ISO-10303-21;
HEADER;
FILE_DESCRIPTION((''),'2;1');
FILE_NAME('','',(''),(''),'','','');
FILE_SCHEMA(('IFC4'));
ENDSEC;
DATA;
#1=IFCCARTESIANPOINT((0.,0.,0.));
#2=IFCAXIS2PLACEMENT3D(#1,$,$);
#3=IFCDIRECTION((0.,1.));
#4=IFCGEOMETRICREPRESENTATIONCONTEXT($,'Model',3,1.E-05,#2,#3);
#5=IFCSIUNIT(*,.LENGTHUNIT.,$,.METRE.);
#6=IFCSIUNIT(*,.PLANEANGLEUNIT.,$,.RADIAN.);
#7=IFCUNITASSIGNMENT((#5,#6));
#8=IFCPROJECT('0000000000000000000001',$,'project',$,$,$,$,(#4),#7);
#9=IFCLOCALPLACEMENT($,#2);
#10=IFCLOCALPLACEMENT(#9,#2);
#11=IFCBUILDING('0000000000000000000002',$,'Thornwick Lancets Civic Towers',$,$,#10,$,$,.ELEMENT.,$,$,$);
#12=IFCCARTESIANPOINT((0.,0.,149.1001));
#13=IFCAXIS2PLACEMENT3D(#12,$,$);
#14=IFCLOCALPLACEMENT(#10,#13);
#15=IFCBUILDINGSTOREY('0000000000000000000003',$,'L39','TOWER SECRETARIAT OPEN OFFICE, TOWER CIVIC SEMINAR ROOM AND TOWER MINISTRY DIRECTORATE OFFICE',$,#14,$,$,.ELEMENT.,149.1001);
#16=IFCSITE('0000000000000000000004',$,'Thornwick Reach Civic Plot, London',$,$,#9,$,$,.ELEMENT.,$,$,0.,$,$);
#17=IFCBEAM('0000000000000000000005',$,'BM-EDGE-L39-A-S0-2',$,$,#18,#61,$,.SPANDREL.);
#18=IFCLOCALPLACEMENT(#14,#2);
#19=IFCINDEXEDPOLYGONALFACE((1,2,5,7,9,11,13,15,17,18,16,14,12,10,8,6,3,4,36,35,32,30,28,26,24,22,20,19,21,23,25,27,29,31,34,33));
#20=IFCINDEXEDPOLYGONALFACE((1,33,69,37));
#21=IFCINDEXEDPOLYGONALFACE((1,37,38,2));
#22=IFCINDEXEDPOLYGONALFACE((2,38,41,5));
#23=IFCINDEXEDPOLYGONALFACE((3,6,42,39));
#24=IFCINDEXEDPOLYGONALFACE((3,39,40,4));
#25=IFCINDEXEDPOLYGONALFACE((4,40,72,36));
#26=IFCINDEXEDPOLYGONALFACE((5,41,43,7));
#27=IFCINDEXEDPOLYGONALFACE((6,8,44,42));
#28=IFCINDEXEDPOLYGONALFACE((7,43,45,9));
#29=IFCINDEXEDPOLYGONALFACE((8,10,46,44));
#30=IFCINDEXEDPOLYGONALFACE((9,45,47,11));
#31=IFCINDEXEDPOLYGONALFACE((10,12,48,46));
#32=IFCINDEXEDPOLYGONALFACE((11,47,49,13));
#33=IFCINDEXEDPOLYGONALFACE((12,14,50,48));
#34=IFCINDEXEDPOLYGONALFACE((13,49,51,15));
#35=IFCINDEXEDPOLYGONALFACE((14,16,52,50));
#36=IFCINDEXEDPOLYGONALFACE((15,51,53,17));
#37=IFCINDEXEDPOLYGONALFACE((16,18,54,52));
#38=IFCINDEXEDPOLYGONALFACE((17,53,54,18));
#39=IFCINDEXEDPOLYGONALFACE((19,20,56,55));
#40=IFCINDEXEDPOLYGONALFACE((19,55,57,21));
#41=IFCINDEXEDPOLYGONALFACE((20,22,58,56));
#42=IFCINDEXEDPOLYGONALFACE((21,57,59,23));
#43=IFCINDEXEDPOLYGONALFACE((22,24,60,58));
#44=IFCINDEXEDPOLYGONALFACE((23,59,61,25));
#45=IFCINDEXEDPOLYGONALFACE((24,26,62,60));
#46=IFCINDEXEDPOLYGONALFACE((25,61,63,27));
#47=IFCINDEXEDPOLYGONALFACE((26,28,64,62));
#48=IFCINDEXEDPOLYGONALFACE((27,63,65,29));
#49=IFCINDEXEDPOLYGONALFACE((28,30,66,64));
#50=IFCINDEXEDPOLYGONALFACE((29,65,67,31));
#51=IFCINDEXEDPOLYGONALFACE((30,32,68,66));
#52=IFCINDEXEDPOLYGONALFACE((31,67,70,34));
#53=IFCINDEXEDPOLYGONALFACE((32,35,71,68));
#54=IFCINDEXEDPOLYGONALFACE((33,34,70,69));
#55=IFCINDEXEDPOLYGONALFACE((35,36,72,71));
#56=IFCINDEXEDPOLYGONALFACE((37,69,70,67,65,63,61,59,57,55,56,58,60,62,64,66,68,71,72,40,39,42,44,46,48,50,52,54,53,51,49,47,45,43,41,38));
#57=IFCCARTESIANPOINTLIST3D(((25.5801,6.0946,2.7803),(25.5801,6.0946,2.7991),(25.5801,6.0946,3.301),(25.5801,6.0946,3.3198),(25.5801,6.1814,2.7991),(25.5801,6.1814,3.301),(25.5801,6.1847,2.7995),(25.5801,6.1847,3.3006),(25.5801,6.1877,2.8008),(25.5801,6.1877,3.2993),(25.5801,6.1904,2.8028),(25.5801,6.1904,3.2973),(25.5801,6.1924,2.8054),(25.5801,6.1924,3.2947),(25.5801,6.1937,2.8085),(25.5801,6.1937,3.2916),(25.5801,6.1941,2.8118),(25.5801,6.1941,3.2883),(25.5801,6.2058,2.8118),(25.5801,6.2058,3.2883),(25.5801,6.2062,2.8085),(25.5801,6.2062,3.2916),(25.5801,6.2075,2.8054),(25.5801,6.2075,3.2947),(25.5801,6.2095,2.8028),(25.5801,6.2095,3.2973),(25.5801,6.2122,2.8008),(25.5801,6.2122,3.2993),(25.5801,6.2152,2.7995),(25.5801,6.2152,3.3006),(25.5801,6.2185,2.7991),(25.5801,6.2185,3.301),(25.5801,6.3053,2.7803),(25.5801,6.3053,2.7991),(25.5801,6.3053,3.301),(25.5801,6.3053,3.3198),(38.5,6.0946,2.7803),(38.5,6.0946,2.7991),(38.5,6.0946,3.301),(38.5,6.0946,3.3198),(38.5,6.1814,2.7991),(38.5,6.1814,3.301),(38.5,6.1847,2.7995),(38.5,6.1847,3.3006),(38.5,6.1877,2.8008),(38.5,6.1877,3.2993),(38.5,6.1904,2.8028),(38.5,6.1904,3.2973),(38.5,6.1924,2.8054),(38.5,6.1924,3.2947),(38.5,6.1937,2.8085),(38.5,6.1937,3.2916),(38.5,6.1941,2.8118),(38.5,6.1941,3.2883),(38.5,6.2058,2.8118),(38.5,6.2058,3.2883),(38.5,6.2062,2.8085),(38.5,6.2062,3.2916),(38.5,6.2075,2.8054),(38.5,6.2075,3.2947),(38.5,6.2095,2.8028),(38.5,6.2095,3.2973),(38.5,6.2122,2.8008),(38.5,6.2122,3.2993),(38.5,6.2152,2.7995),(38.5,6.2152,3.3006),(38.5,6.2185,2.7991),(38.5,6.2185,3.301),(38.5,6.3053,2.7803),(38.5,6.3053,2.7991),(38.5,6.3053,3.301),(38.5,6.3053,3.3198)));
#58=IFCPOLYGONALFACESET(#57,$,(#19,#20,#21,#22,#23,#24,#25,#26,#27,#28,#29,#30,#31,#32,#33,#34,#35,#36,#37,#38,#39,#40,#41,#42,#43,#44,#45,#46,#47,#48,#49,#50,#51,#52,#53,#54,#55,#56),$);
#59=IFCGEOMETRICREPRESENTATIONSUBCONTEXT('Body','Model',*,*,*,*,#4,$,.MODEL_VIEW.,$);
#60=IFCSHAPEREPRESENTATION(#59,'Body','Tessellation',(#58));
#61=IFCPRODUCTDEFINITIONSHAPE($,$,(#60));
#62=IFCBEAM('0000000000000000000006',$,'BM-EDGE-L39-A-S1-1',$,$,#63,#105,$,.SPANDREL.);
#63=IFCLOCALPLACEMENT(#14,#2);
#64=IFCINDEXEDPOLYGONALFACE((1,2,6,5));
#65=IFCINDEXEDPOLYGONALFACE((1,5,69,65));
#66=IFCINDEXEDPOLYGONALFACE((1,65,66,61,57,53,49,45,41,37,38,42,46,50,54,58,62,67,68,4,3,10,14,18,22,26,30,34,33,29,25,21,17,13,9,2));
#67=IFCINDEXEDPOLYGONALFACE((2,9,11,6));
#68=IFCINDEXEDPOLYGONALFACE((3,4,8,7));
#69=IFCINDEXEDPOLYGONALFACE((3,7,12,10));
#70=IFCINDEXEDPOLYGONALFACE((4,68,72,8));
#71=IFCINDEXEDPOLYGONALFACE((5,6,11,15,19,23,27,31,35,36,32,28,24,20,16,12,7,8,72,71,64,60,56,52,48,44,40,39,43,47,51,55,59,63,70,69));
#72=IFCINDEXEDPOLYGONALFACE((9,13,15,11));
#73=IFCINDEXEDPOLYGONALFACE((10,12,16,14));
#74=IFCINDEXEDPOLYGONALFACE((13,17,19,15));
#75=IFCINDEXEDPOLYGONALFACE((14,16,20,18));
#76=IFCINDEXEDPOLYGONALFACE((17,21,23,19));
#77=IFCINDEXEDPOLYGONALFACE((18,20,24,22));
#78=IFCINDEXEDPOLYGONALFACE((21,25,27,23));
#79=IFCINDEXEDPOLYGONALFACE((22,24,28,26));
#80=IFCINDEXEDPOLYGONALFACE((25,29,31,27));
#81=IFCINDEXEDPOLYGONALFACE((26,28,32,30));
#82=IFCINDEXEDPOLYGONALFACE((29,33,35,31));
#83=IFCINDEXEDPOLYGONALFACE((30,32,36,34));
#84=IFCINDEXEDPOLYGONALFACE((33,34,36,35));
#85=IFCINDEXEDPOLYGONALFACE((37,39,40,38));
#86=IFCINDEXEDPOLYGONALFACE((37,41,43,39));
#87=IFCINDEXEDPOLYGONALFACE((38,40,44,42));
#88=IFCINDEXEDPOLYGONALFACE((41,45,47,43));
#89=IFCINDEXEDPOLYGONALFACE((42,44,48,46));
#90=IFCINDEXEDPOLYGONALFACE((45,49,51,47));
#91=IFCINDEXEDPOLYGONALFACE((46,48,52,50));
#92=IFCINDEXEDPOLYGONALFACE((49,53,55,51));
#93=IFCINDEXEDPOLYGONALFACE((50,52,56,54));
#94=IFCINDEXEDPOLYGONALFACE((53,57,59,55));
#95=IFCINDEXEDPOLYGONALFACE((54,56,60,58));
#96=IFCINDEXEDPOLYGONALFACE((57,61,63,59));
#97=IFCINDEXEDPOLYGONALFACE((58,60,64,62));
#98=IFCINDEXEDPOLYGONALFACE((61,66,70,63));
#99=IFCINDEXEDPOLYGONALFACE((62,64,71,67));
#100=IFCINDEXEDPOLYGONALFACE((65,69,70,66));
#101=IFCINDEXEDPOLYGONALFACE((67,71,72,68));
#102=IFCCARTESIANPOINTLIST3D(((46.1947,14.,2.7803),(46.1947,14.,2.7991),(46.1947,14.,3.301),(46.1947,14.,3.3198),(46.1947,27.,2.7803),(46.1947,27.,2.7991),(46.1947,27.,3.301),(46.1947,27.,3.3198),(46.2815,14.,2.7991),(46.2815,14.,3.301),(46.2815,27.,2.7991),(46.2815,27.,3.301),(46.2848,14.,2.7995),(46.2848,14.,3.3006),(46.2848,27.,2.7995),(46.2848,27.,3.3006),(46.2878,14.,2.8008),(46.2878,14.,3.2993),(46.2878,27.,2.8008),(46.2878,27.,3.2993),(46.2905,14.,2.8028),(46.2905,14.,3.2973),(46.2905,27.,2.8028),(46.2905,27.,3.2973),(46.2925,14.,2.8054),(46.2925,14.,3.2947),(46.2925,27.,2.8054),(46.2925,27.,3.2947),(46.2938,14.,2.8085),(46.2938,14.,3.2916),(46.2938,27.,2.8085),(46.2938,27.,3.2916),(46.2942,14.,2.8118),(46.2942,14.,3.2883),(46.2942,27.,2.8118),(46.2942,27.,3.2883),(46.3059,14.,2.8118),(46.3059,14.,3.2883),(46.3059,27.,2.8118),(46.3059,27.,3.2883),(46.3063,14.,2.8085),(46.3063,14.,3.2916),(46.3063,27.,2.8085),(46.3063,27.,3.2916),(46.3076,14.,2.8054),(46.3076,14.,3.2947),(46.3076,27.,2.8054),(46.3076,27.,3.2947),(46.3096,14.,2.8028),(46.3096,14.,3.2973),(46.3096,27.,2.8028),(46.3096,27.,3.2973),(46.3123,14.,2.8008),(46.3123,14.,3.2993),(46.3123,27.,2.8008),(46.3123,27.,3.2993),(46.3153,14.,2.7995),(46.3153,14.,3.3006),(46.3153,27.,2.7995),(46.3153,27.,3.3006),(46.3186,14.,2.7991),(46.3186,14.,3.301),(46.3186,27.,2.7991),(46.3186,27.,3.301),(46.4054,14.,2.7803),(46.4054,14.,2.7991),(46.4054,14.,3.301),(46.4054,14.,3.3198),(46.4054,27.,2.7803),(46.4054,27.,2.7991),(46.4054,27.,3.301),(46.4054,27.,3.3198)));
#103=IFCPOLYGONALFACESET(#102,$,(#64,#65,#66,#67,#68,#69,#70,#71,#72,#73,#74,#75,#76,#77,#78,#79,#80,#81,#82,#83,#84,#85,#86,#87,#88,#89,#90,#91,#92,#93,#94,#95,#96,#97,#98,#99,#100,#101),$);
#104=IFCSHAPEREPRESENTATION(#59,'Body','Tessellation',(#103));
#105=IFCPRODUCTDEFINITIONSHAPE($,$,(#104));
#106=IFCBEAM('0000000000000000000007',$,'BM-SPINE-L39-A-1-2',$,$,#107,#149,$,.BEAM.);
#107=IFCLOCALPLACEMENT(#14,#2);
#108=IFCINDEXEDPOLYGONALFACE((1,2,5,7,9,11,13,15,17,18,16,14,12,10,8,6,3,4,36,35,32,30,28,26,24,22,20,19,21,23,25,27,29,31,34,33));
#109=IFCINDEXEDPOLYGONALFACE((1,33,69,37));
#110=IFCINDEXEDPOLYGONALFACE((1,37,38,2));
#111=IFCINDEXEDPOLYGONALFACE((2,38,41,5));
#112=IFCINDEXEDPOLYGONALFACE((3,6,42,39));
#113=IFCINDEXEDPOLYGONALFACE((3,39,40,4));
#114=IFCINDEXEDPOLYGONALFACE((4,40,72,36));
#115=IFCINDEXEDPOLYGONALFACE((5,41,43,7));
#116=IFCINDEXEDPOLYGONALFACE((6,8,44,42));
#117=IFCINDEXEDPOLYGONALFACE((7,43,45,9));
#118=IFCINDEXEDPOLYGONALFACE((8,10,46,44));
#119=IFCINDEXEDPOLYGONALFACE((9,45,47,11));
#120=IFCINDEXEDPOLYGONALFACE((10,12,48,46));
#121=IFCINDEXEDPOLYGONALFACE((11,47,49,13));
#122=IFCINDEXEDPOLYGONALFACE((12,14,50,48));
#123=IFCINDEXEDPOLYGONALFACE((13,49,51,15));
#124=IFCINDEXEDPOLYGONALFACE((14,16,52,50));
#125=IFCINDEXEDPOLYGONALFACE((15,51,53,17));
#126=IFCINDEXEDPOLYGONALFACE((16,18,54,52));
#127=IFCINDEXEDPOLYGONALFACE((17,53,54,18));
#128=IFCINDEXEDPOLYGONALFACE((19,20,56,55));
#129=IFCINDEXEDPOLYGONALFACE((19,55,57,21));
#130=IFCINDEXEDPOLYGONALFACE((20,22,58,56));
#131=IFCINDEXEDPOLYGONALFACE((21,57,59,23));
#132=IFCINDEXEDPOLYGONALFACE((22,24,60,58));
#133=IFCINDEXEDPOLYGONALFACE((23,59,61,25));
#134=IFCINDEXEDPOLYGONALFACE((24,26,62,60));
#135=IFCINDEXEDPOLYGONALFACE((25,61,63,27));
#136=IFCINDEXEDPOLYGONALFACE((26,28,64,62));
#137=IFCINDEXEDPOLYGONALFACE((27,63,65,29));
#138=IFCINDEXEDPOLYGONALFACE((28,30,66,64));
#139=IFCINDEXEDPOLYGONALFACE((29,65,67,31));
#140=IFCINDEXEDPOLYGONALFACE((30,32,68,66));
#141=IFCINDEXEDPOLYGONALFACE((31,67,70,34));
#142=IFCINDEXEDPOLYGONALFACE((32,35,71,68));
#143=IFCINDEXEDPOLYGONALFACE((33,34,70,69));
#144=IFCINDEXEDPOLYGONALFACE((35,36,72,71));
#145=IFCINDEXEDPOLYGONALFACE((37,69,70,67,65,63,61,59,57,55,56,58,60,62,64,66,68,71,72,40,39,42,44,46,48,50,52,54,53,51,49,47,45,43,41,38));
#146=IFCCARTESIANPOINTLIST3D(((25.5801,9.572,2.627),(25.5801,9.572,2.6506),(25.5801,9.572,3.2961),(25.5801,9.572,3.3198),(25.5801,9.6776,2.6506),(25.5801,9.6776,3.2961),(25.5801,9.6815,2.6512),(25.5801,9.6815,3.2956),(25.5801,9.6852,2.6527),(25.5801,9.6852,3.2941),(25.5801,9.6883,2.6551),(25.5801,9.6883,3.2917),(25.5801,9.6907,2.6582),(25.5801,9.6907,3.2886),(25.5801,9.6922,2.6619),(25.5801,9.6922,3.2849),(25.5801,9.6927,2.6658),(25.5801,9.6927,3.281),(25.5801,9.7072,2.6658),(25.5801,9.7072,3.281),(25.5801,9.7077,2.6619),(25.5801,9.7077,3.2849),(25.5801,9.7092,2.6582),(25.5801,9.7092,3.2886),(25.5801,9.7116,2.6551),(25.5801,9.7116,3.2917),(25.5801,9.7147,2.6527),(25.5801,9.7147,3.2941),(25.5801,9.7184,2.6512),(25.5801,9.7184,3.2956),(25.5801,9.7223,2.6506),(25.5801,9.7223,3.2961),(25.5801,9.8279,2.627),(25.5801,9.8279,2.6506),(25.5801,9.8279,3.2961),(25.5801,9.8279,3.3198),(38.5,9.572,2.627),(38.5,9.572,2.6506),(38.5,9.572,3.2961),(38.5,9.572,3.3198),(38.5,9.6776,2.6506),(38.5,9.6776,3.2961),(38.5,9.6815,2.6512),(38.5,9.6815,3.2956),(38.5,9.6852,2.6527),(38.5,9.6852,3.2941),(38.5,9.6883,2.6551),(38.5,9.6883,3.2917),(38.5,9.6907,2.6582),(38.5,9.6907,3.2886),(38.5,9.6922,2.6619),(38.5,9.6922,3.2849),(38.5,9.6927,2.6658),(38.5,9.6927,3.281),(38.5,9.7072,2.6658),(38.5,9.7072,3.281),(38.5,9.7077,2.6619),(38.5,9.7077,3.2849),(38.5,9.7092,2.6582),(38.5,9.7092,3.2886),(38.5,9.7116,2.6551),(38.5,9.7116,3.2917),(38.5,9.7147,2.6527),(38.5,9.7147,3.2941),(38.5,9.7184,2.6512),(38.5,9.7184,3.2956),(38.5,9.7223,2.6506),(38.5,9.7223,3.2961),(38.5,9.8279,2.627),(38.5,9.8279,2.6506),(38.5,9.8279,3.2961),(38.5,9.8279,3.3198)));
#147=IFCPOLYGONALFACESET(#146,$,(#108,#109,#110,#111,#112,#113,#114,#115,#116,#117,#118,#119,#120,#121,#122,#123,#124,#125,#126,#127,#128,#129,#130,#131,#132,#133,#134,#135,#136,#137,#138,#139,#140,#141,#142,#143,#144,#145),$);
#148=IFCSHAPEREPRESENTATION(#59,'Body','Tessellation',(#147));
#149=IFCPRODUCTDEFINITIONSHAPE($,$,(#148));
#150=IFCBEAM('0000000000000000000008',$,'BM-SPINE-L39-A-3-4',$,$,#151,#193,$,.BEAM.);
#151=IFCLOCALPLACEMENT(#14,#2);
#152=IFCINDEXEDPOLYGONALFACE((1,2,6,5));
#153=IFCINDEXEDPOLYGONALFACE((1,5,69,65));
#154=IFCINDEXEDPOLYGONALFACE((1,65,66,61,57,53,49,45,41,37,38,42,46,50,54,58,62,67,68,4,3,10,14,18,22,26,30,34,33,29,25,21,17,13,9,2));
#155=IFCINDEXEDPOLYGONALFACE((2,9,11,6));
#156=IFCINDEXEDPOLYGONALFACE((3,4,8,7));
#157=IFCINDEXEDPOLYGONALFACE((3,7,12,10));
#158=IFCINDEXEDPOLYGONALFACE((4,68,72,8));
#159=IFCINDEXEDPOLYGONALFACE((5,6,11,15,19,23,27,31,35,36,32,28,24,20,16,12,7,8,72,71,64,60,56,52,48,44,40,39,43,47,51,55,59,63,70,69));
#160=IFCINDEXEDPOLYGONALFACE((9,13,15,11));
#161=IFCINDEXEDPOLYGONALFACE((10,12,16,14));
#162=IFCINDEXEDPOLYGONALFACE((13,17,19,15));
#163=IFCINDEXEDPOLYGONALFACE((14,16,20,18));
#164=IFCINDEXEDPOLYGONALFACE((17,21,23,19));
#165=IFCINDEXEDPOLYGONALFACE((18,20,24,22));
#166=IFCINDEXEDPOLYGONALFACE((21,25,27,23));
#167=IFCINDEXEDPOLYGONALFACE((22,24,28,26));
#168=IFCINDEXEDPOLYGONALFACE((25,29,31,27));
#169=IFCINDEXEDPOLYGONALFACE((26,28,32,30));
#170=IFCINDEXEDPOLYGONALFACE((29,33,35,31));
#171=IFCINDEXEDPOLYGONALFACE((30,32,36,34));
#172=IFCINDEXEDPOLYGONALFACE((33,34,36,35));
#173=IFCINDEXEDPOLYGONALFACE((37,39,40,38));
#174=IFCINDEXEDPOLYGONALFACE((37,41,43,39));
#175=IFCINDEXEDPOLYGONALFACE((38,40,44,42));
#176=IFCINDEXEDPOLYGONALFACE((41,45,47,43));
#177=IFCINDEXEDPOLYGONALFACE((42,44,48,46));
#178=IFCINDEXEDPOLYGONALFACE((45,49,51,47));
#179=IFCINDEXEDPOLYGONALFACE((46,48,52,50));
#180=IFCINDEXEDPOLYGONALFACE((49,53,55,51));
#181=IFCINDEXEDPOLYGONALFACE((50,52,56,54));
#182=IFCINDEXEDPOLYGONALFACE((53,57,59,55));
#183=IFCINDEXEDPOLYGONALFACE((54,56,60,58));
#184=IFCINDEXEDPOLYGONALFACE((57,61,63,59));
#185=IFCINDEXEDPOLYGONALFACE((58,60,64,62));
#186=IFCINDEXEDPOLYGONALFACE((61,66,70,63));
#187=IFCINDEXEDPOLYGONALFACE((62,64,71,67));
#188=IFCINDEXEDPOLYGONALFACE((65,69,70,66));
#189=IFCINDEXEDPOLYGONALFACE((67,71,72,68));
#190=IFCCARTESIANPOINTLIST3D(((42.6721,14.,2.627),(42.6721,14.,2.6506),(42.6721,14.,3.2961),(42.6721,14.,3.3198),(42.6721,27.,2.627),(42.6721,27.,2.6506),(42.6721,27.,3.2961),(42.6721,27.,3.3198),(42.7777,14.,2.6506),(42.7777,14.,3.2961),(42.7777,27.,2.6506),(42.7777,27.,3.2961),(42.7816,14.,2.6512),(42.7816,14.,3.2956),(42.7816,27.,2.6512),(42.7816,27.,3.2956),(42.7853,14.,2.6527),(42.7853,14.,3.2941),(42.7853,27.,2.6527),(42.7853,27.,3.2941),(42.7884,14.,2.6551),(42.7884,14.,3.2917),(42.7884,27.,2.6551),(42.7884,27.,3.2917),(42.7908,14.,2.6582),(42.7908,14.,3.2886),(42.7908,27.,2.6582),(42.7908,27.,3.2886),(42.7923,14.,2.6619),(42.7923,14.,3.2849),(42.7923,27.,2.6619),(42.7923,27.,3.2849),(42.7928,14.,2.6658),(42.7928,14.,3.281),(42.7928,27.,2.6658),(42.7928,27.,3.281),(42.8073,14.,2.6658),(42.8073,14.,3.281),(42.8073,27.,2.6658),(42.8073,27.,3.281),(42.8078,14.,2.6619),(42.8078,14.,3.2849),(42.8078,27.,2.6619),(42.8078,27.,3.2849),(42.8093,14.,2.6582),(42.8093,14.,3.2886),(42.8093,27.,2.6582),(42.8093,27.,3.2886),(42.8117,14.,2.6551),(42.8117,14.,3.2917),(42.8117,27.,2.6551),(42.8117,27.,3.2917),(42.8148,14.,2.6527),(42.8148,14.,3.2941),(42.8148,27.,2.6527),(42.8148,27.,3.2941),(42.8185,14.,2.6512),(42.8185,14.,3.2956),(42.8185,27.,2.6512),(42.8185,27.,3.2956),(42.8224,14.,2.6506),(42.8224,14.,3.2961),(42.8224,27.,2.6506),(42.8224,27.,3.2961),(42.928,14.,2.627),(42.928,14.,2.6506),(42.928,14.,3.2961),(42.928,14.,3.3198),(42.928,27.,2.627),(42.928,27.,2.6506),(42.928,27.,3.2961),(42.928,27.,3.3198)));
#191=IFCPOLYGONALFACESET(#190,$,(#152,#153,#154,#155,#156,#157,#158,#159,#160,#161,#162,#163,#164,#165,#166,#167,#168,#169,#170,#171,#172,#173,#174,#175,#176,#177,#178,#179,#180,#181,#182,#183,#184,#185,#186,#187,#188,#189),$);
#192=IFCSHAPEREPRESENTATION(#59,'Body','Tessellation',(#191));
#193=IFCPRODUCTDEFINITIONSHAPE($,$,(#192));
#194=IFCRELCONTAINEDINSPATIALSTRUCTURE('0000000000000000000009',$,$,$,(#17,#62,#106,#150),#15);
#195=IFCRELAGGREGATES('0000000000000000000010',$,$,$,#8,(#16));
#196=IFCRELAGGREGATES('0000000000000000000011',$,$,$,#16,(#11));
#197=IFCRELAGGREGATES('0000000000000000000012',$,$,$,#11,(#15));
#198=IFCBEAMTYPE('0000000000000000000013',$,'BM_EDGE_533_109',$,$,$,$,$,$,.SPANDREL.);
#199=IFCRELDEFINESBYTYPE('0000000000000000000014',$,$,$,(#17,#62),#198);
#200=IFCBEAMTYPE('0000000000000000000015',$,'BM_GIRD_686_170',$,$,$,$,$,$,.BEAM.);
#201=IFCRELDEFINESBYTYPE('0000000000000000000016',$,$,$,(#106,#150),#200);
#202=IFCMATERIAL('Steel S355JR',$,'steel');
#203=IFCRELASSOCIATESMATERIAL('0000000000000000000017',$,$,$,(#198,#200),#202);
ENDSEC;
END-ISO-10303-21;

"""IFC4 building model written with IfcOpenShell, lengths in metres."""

from ifc_helpers import new_model, si_unit, direction, frame, origin, origin_2d, place, context, subcontext, project, spatial, i_section, extrude, material, material_profile, profile_set, type_object, element, save


model = new_model("IFC4")

# Units and contexts
model_context = context("Model", 3, precision=1e-05, world=origin(), true_north=direction((0.0, 1.0)))
body_context = subcontext(model_context, "Body", "Model", "MODEL_VIEW")
ifc_project = project(units=[si_unit("LENGTHUNIT", "METRE"), si_unit("PLANEANGLEUNIT", "RADIAN")], contexts=[model_context])

# Site, building, storey
site_placement = place(None, origin())
site = spatial("IfcSite", under=ifc_project, at=site_placement, Name="Thornwick Reach Civic Plot, London", CompositionType="ELEMENT", RefElevation=0.0)
building_placement = place(site_placement, origin())
building = spatial("IfcBuilding", under=site, at=building_placement, Name="Thornwick Lancets Civic Towers", CompositionType="ELEMENT")
storey_placement = place(building_placement, frame((0.0, 0.0, 149.1001)))
storey = spatial("IfcBuildingStorey", under=building, at=storey_placement, Name="L39", Description="TOWER SECRETARIAT OPEN OFFICE, TOWER CIVIC SEMINAR ROOM AND TOWER MINISTRY DIRECTORATE OFFICE", CompositionType="ELEMENT", Elevation=149.1001)

# Beams
ifc_material_1 = material(Name="Steel S355JR", Category="steel")
ifc_material_profile_1 = material_profile(ifc_material_1, i_section(OverallWidth=0.2107, OverallDepth=0.5396, WebThickness=0.0117, FlangeThickness=0.0188, FilletRadius=0.0127, at=origin_2d()), Name="UKB 533x210x109")
ifc_profile_set_1 = profile_set([ifc_material_profile_1], Name="Steel S355JR")
beam_type_1 = type_object("IfcBeamType", Name="BM_EDGE_533_109", PredefinedType="SPANDREL", material=ifc_profile_set_1)
beam_1_placement = place(storey_placement, frame((25.5801, 6.2, 3.05), z_axis=(1.0, 0.0, 0.0), x_axis=(0.0, 1.0, 0.0)))
element("IfcBeam", 1, at=beam_1_placement, inside=storey, type_object=beam_type_1, Name="BM-EDGE-L39-A-S0-2", PredefinedType="SPANDREL", context=body_context, shape_type="SweptSolid", body=[
    extrude(i_section(OverallWidth=0.2107, OverallDepth=0.5396, WebThickness=0.0117, FlangeThickness=0.0188, FilletRadius=0.0127, at=origin_2d()), origin(), (0.0, 0.0, 1.0), 12.9199),
])
beam_2_placement = place(storey_placement, frame((46.3, 14.0, 3.05), z_axis=(0.0, 1.0, 0.0), x_axis=(-1.0, 0.0, 0.0)))
element("IfcBeam", 2, at=beam_2_placement, inside=storey, type_object=beam_type_1, Name="BM-EDGE-L39-A-S1-1", PredefinedType="SPANDREL", context=body_context, shape_type="SweptSolid", body=[
    extrude(i_section(OverallWidth=0.2107, OverallDepth=0.5396, WebThickness=0.0117, FlangeThickness=0.0188, FilletRadius=0.0127, at=origin_2d()), origin(), (0.0, 0.0, 1.0), 13.0),
])
ifc_material_profile_2 = material_profile(ifc_material_1, i_section(OverallWidth=0.2559, OverallDepth=0.6929, WebThickness=0.0144, FlangeThickness=0.0237, FilletRadius=0.0151, at=origin_2d()), Name="UKB 686x254x170")
ifc_profile_set_2 = profile_set([ifc_material_profile_2], Name="Steel S355JR")
beam_type_2 = type_object("IfcBeamType", Name="BM_GIRD_686_170", PredefinedType="BEAM", material=ifc_profile_set_2)
beam_3_placement = place(storey_placement, frame((25.5801, 9.7, 2.9734), z_axis=(1.0, 0.0, 0.0), x_axis=(0.0, 1.0, 0.0)))
element("IfcBeam", 3, at=beam_3_placement, inside=storey, type_object=beam_type_2, Name="BM-SPINE-L39-A-1-2", PredefinedType="BEAM", context=body_context, shape_type="SweptSolid", body=[
    extrude(i_section(OverallWidth=0.2559, OverallDepth=0.6929, WebThickness=0.0144, FlangeThickness=0.0237, FilletRadius=0.0151, at=origin_2d()), origin(), (0.0, 0.0, 1.0), 12.9199),
])
beam_4_placement = place(storey_placement, frame((42.8, 14.0, 2.9734), z_axis=(0.0, 1.0, 0.0), x_axis=(-1.0, 0.0, 0.0)))
element("IfcBeam", 4, at=beam_4_placement, inside=storey, type_object=beam_type_2, Name="BM-SPINE-L39-A-3-4", PredefinedType="BEAM", context=body_context, shape_type="SweptSolid", body=[
    extrude(i_section(OverallWidth=0.2559, OverallDepth=0.6929, WebThickness=0.0144, FlangeThickness=0.0237, FilletRadius=0.0151, at=origin_2d()), origin(), (0.0, 0.0, 1.0), 13.0),
])

save(model, "model.ifc")
